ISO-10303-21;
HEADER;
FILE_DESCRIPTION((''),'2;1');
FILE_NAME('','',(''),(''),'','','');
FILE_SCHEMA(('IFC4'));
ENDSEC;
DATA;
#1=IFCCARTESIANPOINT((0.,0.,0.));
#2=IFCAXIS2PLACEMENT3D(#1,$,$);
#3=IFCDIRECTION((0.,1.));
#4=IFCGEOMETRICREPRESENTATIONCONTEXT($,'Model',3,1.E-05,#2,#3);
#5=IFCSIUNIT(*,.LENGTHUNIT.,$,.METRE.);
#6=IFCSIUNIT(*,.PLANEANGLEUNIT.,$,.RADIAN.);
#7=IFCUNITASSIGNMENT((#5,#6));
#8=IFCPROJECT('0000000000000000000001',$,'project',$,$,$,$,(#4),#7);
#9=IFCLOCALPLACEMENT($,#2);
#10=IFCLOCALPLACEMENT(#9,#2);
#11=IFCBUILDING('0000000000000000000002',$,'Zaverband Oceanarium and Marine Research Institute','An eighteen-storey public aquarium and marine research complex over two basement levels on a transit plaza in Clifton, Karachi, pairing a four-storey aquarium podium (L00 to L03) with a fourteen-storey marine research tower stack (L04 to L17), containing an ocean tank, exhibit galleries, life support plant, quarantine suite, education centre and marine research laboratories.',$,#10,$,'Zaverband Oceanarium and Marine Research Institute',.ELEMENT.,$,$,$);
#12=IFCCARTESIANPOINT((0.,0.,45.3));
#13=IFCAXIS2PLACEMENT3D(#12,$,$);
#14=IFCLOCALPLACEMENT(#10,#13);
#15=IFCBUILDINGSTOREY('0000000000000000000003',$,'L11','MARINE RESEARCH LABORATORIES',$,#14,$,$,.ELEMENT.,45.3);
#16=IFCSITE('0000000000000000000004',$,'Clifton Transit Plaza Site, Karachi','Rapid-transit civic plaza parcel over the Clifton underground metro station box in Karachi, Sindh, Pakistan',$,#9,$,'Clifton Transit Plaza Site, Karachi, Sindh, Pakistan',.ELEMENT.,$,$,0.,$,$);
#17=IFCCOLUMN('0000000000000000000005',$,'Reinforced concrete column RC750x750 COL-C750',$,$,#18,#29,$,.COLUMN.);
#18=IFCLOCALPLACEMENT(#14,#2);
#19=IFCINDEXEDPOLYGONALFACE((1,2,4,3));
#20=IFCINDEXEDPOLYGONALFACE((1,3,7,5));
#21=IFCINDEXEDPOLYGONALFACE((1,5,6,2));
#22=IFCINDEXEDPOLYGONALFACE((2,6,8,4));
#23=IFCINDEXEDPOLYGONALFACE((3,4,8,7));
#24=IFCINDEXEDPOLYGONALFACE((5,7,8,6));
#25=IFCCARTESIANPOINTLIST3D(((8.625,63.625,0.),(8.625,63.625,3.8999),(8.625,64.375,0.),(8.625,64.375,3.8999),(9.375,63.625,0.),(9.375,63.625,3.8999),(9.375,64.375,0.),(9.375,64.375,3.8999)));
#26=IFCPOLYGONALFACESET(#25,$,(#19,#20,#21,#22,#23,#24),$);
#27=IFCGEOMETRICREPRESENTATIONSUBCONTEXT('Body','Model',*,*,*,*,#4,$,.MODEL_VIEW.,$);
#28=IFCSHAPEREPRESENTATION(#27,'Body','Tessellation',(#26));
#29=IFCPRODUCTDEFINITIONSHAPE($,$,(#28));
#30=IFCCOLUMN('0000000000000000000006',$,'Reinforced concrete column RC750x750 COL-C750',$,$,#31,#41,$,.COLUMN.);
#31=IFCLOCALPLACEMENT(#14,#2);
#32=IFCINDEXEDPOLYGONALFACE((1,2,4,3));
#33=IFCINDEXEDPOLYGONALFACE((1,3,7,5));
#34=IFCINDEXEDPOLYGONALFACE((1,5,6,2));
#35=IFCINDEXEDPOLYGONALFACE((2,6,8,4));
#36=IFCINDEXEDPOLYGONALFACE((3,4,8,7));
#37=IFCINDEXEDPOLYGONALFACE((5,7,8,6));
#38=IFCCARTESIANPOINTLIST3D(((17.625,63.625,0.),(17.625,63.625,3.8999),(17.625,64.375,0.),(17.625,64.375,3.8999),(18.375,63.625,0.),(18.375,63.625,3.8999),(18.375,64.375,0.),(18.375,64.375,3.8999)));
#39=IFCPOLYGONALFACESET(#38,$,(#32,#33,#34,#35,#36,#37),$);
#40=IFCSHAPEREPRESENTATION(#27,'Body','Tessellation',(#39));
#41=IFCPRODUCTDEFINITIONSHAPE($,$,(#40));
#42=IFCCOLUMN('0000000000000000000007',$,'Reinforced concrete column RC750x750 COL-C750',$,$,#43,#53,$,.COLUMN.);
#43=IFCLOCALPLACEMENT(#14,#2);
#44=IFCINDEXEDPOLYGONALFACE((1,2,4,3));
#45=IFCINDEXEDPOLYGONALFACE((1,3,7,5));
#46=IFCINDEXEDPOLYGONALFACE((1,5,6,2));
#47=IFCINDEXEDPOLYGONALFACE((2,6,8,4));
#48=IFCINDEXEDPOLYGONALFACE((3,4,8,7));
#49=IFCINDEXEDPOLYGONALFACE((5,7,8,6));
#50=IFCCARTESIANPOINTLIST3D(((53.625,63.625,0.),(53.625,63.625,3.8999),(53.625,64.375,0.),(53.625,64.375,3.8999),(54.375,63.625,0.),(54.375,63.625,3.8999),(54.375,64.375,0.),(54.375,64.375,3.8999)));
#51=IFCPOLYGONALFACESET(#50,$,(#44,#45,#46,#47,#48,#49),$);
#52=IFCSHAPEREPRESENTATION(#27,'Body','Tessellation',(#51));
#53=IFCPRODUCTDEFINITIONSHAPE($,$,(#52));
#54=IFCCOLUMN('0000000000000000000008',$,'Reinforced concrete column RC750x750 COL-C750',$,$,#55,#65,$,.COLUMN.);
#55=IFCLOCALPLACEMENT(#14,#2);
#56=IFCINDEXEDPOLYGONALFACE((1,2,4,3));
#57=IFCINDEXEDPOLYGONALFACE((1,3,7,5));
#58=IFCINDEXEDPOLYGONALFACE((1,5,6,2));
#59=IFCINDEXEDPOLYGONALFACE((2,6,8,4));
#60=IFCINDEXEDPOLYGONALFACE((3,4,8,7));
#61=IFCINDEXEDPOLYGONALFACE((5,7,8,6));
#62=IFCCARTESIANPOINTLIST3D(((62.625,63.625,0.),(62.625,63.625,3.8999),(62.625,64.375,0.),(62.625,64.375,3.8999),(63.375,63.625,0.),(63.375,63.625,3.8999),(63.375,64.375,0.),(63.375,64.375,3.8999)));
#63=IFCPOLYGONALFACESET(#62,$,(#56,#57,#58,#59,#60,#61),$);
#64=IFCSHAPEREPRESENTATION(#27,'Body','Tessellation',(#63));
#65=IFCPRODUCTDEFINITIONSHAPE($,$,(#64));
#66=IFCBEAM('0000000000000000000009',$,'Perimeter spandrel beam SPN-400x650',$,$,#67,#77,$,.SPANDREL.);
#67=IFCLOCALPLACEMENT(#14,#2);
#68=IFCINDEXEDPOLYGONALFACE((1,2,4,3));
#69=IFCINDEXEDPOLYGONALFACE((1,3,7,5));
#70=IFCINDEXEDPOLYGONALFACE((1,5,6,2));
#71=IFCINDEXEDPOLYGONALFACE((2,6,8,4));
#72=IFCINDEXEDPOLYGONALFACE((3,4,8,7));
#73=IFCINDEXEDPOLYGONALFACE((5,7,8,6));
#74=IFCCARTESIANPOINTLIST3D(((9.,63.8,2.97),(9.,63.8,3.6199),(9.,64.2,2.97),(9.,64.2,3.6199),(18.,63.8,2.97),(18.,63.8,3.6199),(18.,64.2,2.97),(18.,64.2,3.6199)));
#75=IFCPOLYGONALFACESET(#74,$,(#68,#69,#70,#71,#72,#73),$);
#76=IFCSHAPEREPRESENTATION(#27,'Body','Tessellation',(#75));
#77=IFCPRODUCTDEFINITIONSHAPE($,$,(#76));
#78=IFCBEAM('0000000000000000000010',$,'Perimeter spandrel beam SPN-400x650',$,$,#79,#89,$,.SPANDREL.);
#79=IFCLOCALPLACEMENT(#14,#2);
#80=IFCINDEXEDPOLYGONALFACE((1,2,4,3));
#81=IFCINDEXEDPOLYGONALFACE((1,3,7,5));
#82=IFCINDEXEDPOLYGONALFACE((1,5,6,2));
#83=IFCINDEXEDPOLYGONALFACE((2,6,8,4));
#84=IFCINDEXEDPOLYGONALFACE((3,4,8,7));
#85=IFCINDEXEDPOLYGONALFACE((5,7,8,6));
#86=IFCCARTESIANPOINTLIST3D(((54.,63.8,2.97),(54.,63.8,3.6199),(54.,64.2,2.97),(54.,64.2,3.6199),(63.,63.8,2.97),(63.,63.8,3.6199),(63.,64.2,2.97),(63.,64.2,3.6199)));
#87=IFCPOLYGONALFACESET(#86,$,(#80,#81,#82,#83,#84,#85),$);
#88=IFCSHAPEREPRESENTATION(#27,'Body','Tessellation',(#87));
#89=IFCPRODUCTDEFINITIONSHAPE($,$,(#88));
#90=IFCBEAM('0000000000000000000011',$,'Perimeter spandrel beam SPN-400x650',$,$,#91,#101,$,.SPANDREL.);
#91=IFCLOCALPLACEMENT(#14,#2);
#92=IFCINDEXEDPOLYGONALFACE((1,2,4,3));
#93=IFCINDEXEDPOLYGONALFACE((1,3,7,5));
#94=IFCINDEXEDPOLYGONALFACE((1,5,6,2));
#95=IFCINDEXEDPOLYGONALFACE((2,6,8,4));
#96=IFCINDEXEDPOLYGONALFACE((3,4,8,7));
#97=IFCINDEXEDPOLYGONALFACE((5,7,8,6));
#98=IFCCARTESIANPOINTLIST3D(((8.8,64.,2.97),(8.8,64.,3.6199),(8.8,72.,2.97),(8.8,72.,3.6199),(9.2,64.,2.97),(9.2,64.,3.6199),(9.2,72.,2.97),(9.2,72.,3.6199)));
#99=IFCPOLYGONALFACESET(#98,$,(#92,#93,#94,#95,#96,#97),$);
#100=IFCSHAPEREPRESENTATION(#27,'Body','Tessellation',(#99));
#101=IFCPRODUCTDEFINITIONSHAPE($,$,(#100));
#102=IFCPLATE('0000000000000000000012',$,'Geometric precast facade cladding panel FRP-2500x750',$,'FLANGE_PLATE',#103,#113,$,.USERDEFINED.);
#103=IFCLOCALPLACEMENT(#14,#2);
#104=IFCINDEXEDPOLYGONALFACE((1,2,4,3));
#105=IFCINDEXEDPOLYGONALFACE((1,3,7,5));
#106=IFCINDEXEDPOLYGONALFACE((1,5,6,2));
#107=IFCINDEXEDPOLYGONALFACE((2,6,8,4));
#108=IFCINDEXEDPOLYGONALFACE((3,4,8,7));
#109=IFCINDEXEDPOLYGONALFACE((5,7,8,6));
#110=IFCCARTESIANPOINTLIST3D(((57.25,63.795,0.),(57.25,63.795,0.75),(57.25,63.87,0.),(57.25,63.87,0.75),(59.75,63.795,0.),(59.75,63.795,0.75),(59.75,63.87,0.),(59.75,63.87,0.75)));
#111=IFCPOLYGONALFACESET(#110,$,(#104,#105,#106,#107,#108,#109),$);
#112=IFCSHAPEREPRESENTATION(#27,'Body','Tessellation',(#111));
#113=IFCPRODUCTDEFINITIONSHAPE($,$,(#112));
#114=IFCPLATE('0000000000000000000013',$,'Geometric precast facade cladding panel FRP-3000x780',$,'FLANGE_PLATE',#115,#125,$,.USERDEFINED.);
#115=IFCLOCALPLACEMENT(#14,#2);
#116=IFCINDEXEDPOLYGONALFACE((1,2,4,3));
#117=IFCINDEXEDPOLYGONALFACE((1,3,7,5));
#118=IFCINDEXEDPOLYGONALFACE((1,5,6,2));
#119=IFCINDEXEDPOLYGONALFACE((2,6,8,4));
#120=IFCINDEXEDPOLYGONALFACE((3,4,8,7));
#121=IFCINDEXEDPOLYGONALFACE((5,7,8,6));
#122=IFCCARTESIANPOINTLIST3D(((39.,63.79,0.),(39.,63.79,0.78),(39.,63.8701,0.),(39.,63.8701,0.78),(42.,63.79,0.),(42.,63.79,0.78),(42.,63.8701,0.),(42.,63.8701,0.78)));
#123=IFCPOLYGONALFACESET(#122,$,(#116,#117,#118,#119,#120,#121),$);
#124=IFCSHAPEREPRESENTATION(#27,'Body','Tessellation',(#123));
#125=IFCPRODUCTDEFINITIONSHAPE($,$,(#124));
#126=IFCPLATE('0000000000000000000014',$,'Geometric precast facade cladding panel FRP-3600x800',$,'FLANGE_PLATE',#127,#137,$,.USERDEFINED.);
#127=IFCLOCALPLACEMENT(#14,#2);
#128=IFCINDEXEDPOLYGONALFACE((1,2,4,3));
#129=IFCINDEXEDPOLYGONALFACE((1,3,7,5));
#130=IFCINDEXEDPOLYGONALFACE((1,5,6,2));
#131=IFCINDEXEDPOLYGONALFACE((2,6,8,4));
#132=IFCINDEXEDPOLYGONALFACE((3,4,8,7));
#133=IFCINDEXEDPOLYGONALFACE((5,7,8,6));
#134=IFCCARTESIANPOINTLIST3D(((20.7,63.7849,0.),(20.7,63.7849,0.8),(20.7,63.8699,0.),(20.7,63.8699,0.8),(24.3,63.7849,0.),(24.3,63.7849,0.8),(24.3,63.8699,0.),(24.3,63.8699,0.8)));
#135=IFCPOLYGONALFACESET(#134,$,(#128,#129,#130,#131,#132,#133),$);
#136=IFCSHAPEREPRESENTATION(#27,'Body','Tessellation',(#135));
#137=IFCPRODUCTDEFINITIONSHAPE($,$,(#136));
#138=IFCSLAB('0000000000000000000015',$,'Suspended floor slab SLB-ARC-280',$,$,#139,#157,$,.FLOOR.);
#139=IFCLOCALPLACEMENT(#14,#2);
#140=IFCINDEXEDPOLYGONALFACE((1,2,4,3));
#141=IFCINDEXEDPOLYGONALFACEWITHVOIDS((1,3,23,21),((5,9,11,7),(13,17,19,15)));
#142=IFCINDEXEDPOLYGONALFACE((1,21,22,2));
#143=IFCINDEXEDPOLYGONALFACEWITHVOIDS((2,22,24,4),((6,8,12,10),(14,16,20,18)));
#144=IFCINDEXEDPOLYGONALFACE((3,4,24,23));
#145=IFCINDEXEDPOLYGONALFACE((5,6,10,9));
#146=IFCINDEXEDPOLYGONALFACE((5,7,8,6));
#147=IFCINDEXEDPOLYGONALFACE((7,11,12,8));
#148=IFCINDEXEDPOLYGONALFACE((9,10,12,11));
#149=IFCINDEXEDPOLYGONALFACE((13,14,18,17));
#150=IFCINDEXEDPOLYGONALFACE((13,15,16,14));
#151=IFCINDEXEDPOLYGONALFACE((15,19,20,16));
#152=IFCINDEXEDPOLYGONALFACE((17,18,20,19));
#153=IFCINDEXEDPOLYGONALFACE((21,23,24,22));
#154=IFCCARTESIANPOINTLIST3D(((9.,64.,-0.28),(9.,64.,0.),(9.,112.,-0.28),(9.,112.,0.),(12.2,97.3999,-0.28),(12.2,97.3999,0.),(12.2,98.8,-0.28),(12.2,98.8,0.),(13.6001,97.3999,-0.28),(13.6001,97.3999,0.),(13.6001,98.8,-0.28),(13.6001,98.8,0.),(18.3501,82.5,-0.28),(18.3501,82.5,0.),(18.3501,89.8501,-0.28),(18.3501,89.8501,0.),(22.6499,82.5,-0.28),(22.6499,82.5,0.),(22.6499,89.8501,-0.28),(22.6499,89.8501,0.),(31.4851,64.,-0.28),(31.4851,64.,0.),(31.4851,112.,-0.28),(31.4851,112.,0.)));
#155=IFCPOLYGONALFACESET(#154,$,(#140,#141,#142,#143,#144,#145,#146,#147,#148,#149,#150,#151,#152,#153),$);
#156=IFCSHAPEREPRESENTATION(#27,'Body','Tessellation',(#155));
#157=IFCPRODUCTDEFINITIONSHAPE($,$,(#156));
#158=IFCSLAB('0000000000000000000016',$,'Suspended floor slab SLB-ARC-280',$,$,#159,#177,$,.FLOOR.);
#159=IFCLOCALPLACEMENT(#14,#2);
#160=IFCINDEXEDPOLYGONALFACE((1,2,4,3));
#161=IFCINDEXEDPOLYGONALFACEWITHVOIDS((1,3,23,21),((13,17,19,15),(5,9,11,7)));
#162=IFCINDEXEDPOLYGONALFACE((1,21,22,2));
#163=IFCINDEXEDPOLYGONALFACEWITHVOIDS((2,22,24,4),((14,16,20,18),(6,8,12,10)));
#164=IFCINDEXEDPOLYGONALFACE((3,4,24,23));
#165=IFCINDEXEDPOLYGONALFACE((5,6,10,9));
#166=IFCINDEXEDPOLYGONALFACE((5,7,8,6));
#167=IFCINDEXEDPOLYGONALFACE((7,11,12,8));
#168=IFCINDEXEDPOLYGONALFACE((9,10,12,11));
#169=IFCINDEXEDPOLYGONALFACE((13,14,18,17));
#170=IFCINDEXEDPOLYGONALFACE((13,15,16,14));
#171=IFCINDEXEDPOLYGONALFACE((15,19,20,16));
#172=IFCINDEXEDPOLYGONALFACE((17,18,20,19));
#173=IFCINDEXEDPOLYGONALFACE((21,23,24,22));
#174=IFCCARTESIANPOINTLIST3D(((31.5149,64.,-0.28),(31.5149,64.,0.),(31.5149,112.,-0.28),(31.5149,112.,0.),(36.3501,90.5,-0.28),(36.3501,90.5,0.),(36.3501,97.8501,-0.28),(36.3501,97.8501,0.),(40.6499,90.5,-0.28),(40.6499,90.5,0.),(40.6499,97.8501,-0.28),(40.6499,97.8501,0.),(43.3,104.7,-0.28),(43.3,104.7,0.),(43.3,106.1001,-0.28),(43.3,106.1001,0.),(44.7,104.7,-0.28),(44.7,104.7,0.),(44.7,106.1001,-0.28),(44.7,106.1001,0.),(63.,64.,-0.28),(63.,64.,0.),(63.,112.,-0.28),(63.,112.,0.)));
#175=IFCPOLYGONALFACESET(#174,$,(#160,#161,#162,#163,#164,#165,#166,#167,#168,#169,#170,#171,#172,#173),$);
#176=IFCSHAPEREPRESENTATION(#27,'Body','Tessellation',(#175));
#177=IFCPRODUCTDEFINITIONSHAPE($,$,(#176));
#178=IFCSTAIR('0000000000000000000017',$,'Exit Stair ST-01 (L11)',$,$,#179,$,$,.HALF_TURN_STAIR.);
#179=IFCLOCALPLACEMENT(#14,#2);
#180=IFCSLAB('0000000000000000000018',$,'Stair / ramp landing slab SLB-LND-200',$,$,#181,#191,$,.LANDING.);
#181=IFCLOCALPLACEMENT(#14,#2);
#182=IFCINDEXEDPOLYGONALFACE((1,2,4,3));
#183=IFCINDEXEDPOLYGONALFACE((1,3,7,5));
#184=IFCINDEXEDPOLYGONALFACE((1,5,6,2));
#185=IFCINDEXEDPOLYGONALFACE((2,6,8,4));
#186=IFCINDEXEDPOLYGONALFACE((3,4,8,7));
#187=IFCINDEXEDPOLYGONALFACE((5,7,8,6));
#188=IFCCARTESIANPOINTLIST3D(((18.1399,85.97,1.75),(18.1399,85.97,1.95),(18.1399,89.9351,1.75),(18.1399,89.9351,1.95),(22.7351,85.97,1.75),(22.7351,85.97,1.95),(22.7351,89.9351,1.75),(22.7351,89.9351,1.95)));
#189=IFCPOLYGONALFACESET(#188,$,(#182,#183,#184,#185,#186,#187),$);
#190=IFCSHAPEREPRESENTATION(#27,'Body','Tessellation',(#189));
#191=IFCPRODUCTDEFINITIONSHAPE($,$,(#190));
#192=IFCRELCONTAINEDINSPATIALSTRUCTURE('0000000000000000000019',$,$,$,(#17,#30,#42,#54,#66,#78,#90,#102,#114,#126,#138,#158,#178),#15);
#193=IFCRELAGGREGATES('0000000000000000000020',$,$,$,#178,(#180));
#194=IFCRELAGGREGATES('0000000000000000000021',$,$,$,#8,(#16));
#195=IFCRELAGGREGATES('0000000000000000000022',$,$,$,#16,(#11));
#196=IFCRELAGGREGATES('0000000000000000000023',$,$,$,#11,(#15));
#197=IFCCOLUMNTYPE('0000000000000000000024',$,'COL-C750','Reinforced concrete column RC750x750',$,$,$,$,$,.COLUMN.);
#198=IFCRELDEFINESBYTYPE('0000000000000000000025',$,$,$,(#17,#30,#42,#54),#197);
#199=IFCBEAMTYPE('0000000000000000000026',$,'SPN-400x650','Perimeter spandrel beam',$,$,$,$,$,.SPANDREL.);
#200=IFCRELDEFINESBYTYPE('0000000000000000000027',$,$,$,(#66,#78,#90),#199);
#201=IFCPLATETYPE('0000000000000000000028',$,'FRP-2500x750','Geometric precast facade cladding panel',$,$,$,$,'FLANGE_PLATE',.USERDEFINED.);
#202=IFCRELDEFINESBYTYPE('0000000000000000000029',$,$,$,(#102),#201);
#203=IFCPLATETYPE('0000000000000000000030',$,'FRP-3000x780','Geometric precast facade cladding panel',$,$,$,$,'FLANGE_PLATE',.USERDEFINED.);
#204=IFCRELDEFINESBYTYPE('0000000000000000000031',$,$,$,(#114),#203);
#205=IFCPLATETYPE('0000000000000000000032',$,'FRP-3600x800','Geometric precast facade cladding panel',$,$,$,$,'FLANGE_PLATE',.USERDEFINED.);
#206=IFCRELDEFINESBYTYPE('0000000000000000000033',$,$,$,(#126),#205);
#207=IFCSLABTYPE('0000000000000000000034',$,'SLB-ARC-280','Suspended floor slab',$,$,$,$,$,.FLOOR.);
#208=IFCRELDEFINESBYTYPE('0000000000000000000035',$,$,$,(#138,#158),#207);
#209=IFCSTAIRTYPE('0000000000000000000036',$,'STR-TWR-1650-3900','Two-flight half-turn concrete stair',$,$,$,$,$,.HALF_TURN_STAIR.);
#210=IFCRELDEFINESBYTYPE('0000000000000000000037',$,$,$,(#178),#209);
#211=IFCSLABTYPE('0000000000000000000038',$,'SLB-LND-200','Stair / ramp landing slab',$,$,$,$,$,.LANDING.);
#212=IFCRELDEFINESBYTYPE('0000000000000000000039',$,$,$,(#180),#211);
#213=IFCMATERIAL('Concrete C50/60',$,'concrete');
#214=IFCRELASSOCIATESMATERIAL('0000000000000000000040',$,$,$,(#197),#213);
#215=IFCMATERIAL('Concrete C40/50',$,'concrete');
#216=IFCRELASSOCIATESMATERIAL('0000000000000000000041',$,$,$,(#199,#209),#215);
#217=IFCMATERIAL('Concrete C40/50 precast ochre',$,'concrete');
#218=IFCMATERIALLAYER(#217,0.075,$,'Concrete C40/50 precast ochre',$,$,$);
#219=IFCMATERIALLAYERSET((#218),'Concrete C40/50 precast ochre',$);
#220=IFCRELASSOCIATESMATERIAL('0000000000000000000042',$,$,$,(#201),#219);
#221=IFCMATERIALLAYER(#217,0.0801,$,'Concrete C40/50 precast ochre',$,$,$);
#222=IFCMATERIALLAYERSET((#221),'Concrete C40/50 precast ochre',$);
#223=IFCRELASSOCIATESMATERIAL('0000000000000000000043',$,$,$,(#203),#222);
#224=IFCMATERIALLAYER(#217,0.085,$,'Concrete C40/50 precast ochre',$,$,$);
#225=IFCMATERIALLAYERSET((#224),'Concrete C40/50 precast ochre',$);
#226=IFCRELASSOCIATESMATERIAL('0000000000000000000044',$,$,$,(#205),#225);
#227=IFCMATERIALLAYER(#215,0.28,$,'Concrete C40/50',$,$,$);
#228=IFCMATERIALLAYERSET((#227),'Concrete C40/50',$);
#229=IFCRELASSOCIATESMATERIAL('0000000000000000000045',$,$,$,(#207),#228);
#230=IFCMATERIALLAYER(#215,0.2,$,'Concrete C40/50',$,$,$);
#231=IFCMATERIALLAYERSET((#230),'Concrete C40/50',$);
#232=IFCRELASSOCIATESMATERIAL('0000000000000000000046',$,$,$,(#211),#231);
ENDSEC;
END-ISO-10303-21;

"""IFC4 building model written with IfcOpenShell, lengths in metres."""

from ifc_helpers import new_model, si_unit, direction, frame, frame_2d, origin, origin_2d, place, context, subcontext, project, spatial, polyline, rectangle, outline, extrude, material, layer, layer_set, material_profile, profile_set, type_object, element, aggregate, save


model = new_model("IFC4")

# Units and contexts
model_context = context("Model", 3, precision=1e-05, world=origin(), true_north=direction((0.0, 1.0)))
body_context = subcontext(model_context, "Body", "Model", "MODEL_VIEW")
ifc_project = project(units=[si_unit("LENGTHUNIT", "METRE"), si_unit("PLANEANGLEUNIT", "RADIAN")], contexts=[model_context])

# Site, building, storey
site_placement = place(None, origin())
site = spatial("IfcSite", under=ifc_project, at=site_placement, Name="Clifton Transit Plaza Site, Karachi", Description="Rapid-transit civic plaza parcel over the Clifton underground metro station box in Karachi, Sindh, Pakistan", LongName="Clifton Transit Plaza Site, Karachi, Sindh, Pakistan", CompositionType="ELEMENT", RefElevation=0.0)
building_placement = place(site_placement, origin())
building = spatial("IfcBuilding", under=site, at=building_placement, Name="Zaverband Oceanarium and Marine Research Institute", Description="An eighteen-storey public aquarium and marine research complex over two basement levels on a transit plaza in Clifton, Karachi, pairing a four-storey aquarium podium (L00 to L03) with a fourteen-storey marine research tower stack (L04 to L17), containing an ocean tank, exhibit galleries, life support plant, quarantine suite, education centre and marine research laboratories.", LongName="Zaverband Oceanarium and Marine Research Institute", CompositionType="ELEMENT")
storey_placement = place(building_placement, frame((0.0, 0.0, 45.3)))
storey = spatial("IfcBuildingStorey", under=building, at=storey_placement, Name="L11", Description="MARINE RESEARCH LABORATORIES", CompositionType="ELEMENT", Elevation=45.3)

# Columns
ifc_material_1 = material(Name="Concrete C50/60", Category="concrete")
ifc_material_profile_1 = material_profile(ifc_material_1, rectangle(XDim=0.75, YDim=0.75, at=origin_2d()), Name="RC750x750")
ifc_profile_set_1 = profile_set([ifc_material_profile_1], Name="Concrete C50/60")
column_type = type_object("IfcColumnType", Name="COL-C750", Description="Reinforced concrete column RC750x750", PredefinedType="COLUMN", material=ifc_profile_set_1)
for number, where, z_axis, x_axis, name in (
    (1, (9.0, 64.0, 0.0), (0.0, 0.0, 1.0), (1.0, 0.0, 0.0), "Reinforced concrete column RC750x750 COL-C750"),
    (2, (18.0, 64.0, 0.0), (0.0, 0.0, 1.0), (1.0, 0.0, 0.0), "Reinforced concrete column RC750x750 COL-C750"),
    (3, (54.0, 64.0, 0.0), (0.0, 0.0, 1.0), (1.0, 0.0, 0.0), "Reinforced concrete column RC750x750 COL-C750"),
    (4, (63.0, 64.0, 0.0), (0.0, 0.0, 1.0), (1.0, 0.0, 0.0), "Reinforced concrete column RC750x750 COL-C750"),
):
    element("IfcColumn", number, at=place(storey_placement, frame(where, z_axis=z_axis, x_axis=x_axis)), inside=storey, type_object=column_type, Name=name, PredefinedType="COLUMN", context=body_context, shape_type="SweptSolid", body=[
        extrude(rectangle(XDim=0.75, YDim=0.75, at=origin_2d()), origin(), (0.0, 0.0, 1.0), 3.8999),
    ])

# Beams
ifc_material_2 = material(Name="Concrete C40/50", Category="concrete")
ifc_material_profile_2 = material_profile(ifc_material_2, rectangle(XDim=0.3999, YDim=0.6499, at=origin_2d()), Name="RC400x650")
ifc_profile_set_2 = profile_set([ifc_material_profile_2], Name="Concrete C40/50")
beam_type = type_object("IfcBeamType", Name="SPN-400x650", Description="Perimeter spandrel beam", PredefinedType="SPANDREL", material=ifc_profile_set_2)
for number, where, z_axis, x_axis, name in (
    (5, (9.0, 64.0, 3.2949), (1.0, 0.0, 0.0), (0.0, 1.0, 0.0), "Perimeter spandrel beam SPN-400x650"),
    (6, (54.0, 64.0, 3.2949), (1.0, 0.0, 0.0), (0.0, 1.0, 0.0), "Perimeter spandrel beam SPN-400x650"),
):
    element("IfcBeam", number, at=place(storey_placement, frame(where, z_axis=z_axis, x_axis=x_axis)), inside=storey, type_object=beam_type, Name=name, PredefinedType="SPANDREL", context=body_context, shape_type="SweptSolid", body=[
        extrude(rectangle(XDim=0.3999, YDim=0.6499, at=origin_2d()), origin(), (0.0, 0.0, 1.0), 9.0),
    ])
beam_placement = place(storey_placement, frame((9.0, 64.0, 3.2949), z_axis=(0.0, 1.0, 0.0), x_axis=(-1.0, 0.0, 0.0)))
element("IfcBeam", 7, at=beam_placement, inside=storey, type_object=beam_type, Name="Perimeter spandrel beam SPN-400x650", PredefinedType="SPANDREL", context=body_context, shape_type="SweptSolid", body=[
    extrude(rectangle(XDim=0.3999, YDim=0.6499, at=origin_2d()), origin(), (0.0, 0.0, 1.0), 8.0),
])

# Plates
ifc_material_3 = material(Name="Concrete C40/50 precast ochre", Category="concrete")
ifc_layer_1 = layer(ifc_material_3, 0.075, Name="Concrete C40/50 precast ochre")
ifc_layer_set_1 = layer_set([ifc_layer_1], Name="Concrete C40/50 precast ochre")
plate_type_1 = type_object("IfcPlateType", Name="FRP-2500x750", Description="Geometric precast facade cladding panel", ElementType="FLANGE_PLATE", PredefinedType="USERDEFINED", material=ifc_layer_set_1)
plate_1_placement = place(storey_placement, frame((57.25, 63.8325, 0.0), z_axis=(0.0, 0.0, 1.0), x_axis=(1.0, 0.0, 0.0)))
element("IfcPlate", 8, at=plate_1_placement, inside=storey, type_object=plate_type_1, Name="Geometric precast facade cladding panel FRP-2500x750", ObjectType="FLANGE_PLATE", PredefinedType="USERDEFINED", context=body_context, shape_type="SweptSolid", body=[
    extrude(rectangle(XDim=2.5, YDim=0.075, at=frame_2d((1.25, 0.0))), origin(), (0.0, 0.0, 1.0), 0.75),
])
ifc_layer_2 = layer(ifc_material_3, 0.0801, Name="Concrete C40/50 precast ochre")
ifc_layer_set_2 = layer_set([ifc_layer_2], Name="Concrete C40/50 precast ochre")
plate_type_2 = type_object("IfcPlateType", Name="FRP-3000x780", Description="Geometric precast facade cladding panel", ElementType="FLANGE_PLATE", PredefinedType="USERDEFINED", material=ifc_layer_set_2)
plate_2_placement = place(storey_placement, frame((39.0, 63.8301, 0.0), z_axis=(0.0, 0.0, 1.0), x_axis=(1.0, 0.0, 0.0)))
element("IfcPlate", 9, at=plate_2_placement, inside=storey, type_object=plate_type_2, Name="Geometric precast facade cladding panel FRP-3000x780", ObjectType="FLANGE_PLATE", PredefinedType="USERDEFINED", context=body_context, shape_type="SweptSolid", body=[
    extrude(rectangle(XDim=3.0, YDim=0.0801, at=frame_2d((1.5, 0.0))), origin(), (0.0, 0.0, 1.0), 0.78),
])
ifc_layer_3 = layer(ifc_material_3, 0.085, Name="Concrete C40/50 precast ochre")
ifc_layer_set_3 = layer_set([ifc_layer_3], Name="Concrete C40/50 precast ochre")
plate_type_3 = type_object("IfcPlateType", Name="FRP-3600x800", Description="Geometric precast facade cladding panel", ElementType="FLANGE_PLATE", PredefinedType="USERDEFINED", material=ifc_layer_set_3)
plate_3_placement = place(storey_placement, frame((20.7, 63.8274, 0.0), z_axis=(0.0, 0.0, 1.0), x_axis=(1.0, 0.0, 0.0)))
element("IfcPlate", 10, at=plate_3_placement, inside=storey, type_object=plate_type_3, Name="Geometric precast facade cladding panel FRP-3600x800", ObjectType="FLANGE_PLATE", PredefinedType="USERDEFINED", context=body_context, shape_type="SweptSolid", body=[
    extrude(rectangle(XDim=3.6001, YDim=0.085, at=frame_2d((1.8, 0.0))), origin(), (0.0, 0.0, 1.0), 0.8),
])

# Slabs
ifc_layer_4 = layer(ifc_material_2, 0.28, Name="Concrete C40/50")
ifc_layer_set_4 = layer_set([ifc_layer_4], Name="Concrete C40/50")
slab_type_1 = type_object("IfcSlabType", Name="SLB-ARC-280", Description="Suspended floor slab", PredefinedType="FLOOR", material=ifc_layer_set_4)
slab_1_placement = place(storey_placement, frame((0.0, 0.0, -0.28)))
element("IfcSlab", 11, at=slab_1_placement, inside=storey, type_object=slab_type_1, Name="Suspended floor slab SLB-ARC-280", PredefinedType="FLOOR", context=body_context, shape_type="SweptSolid", body=[
    extrude(outline(polyline([(9.0, 112.0), (31.4851, 112.0), (31.4851, 64.0), (9.0, 64.0), (9.0, 112.0)]), holes=[polyline([(18.3501, 89.8501), (18.3501, 82.5), (22.6499, 82.5), (22.6499, 89.8501), (18.3501, 89.8501)]), polyline([(12.2, 98.8), (12.2, 97.3999), (13.6001, 97.3999), (13.6001, 98.8), (12.2, 98.8)])]), origin(), (0.0, 0.0, 1.0), 0.28),
])
slab_2_placement = place(storey_placement, frame((0.0, 0.0, -0.28)))
element("IfcSlab", 12, at=slab_2_placement, inside=storey, type_object=slab_type_1, Name="Suspended floor slab SLB-ARC-280", PredefinedType="FLOOR", context=body_context, shape_type="SweptSolid", body=[
    extrude(outline(polyline([(31.5149, 112.0), (63.0, 112.0), (63.0, 64.0), (31.5149, 64.0), (31.5149, 112.0)]), holes=[polyline([(36.3501, 97.8501), (36.3501, 90.5), (40.6499, 90.5), (40.6499, 97.8501), (36.3501, 97.8501)]), polyline([(43.3, 106.1001), (43.3, 104.7), (44.7, 104.7), (44.7, 106.1001), (43.3, 106.1001)])]), origin(), (0.0, 0.0, 1.0), 0.28),
])

# Stair, slab
stair_type = type_object("IfcStairType", Name="STR-TWR-1650-3900", Description="Two-flight half-turn concrete stair", PredefinedType="HALF_TURN_STAIR", material=ifc_material_2)
stair_1_placement = place(storey_placement, origin())
stair_1 = element("IfcStair", 13, at=stair_1_placement, inside=storey, type_object=stair_type, Name="Exit Stair ST-01 (L11)", PredefinedType="HALF_TURN_STAIR")
ifc_layer_5 = layer(ifc_material_2, 0.2, Name="Concrete C40/50")
ifc_layer_set_5 = layer_set([ifc_layer_5], Name="Concrete C40/50")
slab_type_2 = type_object("IfcSlabType", Name="SLB-LND-200", Description="Stair / ramp landing slab", PredefinedType="LANDING", material=ifc_layer_set_5)
slab_3_placement = place(storey_placement, frame((0.0, 0.0, 1.75)))
slab_3 = element("IfcSlab", 14, at=slab_3_placement, type_object=slab_type_2, Name="Stair / ramp landing slab SLB-LND-200", PredefinedType="LANDING", context=body_context, shape_type="SweptSolid", body=[
    extrude(outline(polyline([(18.1399, 85.97), (22.7351, 85.97), (22.7351, 89.9351), (18.1399, 89.9351), (18.1399, 85.97)])), origin(), (0.0, 0.0, 1.0), 0.2),
])
aggregate(stair_1, [slab_3])

save(model, "model.ifc")
